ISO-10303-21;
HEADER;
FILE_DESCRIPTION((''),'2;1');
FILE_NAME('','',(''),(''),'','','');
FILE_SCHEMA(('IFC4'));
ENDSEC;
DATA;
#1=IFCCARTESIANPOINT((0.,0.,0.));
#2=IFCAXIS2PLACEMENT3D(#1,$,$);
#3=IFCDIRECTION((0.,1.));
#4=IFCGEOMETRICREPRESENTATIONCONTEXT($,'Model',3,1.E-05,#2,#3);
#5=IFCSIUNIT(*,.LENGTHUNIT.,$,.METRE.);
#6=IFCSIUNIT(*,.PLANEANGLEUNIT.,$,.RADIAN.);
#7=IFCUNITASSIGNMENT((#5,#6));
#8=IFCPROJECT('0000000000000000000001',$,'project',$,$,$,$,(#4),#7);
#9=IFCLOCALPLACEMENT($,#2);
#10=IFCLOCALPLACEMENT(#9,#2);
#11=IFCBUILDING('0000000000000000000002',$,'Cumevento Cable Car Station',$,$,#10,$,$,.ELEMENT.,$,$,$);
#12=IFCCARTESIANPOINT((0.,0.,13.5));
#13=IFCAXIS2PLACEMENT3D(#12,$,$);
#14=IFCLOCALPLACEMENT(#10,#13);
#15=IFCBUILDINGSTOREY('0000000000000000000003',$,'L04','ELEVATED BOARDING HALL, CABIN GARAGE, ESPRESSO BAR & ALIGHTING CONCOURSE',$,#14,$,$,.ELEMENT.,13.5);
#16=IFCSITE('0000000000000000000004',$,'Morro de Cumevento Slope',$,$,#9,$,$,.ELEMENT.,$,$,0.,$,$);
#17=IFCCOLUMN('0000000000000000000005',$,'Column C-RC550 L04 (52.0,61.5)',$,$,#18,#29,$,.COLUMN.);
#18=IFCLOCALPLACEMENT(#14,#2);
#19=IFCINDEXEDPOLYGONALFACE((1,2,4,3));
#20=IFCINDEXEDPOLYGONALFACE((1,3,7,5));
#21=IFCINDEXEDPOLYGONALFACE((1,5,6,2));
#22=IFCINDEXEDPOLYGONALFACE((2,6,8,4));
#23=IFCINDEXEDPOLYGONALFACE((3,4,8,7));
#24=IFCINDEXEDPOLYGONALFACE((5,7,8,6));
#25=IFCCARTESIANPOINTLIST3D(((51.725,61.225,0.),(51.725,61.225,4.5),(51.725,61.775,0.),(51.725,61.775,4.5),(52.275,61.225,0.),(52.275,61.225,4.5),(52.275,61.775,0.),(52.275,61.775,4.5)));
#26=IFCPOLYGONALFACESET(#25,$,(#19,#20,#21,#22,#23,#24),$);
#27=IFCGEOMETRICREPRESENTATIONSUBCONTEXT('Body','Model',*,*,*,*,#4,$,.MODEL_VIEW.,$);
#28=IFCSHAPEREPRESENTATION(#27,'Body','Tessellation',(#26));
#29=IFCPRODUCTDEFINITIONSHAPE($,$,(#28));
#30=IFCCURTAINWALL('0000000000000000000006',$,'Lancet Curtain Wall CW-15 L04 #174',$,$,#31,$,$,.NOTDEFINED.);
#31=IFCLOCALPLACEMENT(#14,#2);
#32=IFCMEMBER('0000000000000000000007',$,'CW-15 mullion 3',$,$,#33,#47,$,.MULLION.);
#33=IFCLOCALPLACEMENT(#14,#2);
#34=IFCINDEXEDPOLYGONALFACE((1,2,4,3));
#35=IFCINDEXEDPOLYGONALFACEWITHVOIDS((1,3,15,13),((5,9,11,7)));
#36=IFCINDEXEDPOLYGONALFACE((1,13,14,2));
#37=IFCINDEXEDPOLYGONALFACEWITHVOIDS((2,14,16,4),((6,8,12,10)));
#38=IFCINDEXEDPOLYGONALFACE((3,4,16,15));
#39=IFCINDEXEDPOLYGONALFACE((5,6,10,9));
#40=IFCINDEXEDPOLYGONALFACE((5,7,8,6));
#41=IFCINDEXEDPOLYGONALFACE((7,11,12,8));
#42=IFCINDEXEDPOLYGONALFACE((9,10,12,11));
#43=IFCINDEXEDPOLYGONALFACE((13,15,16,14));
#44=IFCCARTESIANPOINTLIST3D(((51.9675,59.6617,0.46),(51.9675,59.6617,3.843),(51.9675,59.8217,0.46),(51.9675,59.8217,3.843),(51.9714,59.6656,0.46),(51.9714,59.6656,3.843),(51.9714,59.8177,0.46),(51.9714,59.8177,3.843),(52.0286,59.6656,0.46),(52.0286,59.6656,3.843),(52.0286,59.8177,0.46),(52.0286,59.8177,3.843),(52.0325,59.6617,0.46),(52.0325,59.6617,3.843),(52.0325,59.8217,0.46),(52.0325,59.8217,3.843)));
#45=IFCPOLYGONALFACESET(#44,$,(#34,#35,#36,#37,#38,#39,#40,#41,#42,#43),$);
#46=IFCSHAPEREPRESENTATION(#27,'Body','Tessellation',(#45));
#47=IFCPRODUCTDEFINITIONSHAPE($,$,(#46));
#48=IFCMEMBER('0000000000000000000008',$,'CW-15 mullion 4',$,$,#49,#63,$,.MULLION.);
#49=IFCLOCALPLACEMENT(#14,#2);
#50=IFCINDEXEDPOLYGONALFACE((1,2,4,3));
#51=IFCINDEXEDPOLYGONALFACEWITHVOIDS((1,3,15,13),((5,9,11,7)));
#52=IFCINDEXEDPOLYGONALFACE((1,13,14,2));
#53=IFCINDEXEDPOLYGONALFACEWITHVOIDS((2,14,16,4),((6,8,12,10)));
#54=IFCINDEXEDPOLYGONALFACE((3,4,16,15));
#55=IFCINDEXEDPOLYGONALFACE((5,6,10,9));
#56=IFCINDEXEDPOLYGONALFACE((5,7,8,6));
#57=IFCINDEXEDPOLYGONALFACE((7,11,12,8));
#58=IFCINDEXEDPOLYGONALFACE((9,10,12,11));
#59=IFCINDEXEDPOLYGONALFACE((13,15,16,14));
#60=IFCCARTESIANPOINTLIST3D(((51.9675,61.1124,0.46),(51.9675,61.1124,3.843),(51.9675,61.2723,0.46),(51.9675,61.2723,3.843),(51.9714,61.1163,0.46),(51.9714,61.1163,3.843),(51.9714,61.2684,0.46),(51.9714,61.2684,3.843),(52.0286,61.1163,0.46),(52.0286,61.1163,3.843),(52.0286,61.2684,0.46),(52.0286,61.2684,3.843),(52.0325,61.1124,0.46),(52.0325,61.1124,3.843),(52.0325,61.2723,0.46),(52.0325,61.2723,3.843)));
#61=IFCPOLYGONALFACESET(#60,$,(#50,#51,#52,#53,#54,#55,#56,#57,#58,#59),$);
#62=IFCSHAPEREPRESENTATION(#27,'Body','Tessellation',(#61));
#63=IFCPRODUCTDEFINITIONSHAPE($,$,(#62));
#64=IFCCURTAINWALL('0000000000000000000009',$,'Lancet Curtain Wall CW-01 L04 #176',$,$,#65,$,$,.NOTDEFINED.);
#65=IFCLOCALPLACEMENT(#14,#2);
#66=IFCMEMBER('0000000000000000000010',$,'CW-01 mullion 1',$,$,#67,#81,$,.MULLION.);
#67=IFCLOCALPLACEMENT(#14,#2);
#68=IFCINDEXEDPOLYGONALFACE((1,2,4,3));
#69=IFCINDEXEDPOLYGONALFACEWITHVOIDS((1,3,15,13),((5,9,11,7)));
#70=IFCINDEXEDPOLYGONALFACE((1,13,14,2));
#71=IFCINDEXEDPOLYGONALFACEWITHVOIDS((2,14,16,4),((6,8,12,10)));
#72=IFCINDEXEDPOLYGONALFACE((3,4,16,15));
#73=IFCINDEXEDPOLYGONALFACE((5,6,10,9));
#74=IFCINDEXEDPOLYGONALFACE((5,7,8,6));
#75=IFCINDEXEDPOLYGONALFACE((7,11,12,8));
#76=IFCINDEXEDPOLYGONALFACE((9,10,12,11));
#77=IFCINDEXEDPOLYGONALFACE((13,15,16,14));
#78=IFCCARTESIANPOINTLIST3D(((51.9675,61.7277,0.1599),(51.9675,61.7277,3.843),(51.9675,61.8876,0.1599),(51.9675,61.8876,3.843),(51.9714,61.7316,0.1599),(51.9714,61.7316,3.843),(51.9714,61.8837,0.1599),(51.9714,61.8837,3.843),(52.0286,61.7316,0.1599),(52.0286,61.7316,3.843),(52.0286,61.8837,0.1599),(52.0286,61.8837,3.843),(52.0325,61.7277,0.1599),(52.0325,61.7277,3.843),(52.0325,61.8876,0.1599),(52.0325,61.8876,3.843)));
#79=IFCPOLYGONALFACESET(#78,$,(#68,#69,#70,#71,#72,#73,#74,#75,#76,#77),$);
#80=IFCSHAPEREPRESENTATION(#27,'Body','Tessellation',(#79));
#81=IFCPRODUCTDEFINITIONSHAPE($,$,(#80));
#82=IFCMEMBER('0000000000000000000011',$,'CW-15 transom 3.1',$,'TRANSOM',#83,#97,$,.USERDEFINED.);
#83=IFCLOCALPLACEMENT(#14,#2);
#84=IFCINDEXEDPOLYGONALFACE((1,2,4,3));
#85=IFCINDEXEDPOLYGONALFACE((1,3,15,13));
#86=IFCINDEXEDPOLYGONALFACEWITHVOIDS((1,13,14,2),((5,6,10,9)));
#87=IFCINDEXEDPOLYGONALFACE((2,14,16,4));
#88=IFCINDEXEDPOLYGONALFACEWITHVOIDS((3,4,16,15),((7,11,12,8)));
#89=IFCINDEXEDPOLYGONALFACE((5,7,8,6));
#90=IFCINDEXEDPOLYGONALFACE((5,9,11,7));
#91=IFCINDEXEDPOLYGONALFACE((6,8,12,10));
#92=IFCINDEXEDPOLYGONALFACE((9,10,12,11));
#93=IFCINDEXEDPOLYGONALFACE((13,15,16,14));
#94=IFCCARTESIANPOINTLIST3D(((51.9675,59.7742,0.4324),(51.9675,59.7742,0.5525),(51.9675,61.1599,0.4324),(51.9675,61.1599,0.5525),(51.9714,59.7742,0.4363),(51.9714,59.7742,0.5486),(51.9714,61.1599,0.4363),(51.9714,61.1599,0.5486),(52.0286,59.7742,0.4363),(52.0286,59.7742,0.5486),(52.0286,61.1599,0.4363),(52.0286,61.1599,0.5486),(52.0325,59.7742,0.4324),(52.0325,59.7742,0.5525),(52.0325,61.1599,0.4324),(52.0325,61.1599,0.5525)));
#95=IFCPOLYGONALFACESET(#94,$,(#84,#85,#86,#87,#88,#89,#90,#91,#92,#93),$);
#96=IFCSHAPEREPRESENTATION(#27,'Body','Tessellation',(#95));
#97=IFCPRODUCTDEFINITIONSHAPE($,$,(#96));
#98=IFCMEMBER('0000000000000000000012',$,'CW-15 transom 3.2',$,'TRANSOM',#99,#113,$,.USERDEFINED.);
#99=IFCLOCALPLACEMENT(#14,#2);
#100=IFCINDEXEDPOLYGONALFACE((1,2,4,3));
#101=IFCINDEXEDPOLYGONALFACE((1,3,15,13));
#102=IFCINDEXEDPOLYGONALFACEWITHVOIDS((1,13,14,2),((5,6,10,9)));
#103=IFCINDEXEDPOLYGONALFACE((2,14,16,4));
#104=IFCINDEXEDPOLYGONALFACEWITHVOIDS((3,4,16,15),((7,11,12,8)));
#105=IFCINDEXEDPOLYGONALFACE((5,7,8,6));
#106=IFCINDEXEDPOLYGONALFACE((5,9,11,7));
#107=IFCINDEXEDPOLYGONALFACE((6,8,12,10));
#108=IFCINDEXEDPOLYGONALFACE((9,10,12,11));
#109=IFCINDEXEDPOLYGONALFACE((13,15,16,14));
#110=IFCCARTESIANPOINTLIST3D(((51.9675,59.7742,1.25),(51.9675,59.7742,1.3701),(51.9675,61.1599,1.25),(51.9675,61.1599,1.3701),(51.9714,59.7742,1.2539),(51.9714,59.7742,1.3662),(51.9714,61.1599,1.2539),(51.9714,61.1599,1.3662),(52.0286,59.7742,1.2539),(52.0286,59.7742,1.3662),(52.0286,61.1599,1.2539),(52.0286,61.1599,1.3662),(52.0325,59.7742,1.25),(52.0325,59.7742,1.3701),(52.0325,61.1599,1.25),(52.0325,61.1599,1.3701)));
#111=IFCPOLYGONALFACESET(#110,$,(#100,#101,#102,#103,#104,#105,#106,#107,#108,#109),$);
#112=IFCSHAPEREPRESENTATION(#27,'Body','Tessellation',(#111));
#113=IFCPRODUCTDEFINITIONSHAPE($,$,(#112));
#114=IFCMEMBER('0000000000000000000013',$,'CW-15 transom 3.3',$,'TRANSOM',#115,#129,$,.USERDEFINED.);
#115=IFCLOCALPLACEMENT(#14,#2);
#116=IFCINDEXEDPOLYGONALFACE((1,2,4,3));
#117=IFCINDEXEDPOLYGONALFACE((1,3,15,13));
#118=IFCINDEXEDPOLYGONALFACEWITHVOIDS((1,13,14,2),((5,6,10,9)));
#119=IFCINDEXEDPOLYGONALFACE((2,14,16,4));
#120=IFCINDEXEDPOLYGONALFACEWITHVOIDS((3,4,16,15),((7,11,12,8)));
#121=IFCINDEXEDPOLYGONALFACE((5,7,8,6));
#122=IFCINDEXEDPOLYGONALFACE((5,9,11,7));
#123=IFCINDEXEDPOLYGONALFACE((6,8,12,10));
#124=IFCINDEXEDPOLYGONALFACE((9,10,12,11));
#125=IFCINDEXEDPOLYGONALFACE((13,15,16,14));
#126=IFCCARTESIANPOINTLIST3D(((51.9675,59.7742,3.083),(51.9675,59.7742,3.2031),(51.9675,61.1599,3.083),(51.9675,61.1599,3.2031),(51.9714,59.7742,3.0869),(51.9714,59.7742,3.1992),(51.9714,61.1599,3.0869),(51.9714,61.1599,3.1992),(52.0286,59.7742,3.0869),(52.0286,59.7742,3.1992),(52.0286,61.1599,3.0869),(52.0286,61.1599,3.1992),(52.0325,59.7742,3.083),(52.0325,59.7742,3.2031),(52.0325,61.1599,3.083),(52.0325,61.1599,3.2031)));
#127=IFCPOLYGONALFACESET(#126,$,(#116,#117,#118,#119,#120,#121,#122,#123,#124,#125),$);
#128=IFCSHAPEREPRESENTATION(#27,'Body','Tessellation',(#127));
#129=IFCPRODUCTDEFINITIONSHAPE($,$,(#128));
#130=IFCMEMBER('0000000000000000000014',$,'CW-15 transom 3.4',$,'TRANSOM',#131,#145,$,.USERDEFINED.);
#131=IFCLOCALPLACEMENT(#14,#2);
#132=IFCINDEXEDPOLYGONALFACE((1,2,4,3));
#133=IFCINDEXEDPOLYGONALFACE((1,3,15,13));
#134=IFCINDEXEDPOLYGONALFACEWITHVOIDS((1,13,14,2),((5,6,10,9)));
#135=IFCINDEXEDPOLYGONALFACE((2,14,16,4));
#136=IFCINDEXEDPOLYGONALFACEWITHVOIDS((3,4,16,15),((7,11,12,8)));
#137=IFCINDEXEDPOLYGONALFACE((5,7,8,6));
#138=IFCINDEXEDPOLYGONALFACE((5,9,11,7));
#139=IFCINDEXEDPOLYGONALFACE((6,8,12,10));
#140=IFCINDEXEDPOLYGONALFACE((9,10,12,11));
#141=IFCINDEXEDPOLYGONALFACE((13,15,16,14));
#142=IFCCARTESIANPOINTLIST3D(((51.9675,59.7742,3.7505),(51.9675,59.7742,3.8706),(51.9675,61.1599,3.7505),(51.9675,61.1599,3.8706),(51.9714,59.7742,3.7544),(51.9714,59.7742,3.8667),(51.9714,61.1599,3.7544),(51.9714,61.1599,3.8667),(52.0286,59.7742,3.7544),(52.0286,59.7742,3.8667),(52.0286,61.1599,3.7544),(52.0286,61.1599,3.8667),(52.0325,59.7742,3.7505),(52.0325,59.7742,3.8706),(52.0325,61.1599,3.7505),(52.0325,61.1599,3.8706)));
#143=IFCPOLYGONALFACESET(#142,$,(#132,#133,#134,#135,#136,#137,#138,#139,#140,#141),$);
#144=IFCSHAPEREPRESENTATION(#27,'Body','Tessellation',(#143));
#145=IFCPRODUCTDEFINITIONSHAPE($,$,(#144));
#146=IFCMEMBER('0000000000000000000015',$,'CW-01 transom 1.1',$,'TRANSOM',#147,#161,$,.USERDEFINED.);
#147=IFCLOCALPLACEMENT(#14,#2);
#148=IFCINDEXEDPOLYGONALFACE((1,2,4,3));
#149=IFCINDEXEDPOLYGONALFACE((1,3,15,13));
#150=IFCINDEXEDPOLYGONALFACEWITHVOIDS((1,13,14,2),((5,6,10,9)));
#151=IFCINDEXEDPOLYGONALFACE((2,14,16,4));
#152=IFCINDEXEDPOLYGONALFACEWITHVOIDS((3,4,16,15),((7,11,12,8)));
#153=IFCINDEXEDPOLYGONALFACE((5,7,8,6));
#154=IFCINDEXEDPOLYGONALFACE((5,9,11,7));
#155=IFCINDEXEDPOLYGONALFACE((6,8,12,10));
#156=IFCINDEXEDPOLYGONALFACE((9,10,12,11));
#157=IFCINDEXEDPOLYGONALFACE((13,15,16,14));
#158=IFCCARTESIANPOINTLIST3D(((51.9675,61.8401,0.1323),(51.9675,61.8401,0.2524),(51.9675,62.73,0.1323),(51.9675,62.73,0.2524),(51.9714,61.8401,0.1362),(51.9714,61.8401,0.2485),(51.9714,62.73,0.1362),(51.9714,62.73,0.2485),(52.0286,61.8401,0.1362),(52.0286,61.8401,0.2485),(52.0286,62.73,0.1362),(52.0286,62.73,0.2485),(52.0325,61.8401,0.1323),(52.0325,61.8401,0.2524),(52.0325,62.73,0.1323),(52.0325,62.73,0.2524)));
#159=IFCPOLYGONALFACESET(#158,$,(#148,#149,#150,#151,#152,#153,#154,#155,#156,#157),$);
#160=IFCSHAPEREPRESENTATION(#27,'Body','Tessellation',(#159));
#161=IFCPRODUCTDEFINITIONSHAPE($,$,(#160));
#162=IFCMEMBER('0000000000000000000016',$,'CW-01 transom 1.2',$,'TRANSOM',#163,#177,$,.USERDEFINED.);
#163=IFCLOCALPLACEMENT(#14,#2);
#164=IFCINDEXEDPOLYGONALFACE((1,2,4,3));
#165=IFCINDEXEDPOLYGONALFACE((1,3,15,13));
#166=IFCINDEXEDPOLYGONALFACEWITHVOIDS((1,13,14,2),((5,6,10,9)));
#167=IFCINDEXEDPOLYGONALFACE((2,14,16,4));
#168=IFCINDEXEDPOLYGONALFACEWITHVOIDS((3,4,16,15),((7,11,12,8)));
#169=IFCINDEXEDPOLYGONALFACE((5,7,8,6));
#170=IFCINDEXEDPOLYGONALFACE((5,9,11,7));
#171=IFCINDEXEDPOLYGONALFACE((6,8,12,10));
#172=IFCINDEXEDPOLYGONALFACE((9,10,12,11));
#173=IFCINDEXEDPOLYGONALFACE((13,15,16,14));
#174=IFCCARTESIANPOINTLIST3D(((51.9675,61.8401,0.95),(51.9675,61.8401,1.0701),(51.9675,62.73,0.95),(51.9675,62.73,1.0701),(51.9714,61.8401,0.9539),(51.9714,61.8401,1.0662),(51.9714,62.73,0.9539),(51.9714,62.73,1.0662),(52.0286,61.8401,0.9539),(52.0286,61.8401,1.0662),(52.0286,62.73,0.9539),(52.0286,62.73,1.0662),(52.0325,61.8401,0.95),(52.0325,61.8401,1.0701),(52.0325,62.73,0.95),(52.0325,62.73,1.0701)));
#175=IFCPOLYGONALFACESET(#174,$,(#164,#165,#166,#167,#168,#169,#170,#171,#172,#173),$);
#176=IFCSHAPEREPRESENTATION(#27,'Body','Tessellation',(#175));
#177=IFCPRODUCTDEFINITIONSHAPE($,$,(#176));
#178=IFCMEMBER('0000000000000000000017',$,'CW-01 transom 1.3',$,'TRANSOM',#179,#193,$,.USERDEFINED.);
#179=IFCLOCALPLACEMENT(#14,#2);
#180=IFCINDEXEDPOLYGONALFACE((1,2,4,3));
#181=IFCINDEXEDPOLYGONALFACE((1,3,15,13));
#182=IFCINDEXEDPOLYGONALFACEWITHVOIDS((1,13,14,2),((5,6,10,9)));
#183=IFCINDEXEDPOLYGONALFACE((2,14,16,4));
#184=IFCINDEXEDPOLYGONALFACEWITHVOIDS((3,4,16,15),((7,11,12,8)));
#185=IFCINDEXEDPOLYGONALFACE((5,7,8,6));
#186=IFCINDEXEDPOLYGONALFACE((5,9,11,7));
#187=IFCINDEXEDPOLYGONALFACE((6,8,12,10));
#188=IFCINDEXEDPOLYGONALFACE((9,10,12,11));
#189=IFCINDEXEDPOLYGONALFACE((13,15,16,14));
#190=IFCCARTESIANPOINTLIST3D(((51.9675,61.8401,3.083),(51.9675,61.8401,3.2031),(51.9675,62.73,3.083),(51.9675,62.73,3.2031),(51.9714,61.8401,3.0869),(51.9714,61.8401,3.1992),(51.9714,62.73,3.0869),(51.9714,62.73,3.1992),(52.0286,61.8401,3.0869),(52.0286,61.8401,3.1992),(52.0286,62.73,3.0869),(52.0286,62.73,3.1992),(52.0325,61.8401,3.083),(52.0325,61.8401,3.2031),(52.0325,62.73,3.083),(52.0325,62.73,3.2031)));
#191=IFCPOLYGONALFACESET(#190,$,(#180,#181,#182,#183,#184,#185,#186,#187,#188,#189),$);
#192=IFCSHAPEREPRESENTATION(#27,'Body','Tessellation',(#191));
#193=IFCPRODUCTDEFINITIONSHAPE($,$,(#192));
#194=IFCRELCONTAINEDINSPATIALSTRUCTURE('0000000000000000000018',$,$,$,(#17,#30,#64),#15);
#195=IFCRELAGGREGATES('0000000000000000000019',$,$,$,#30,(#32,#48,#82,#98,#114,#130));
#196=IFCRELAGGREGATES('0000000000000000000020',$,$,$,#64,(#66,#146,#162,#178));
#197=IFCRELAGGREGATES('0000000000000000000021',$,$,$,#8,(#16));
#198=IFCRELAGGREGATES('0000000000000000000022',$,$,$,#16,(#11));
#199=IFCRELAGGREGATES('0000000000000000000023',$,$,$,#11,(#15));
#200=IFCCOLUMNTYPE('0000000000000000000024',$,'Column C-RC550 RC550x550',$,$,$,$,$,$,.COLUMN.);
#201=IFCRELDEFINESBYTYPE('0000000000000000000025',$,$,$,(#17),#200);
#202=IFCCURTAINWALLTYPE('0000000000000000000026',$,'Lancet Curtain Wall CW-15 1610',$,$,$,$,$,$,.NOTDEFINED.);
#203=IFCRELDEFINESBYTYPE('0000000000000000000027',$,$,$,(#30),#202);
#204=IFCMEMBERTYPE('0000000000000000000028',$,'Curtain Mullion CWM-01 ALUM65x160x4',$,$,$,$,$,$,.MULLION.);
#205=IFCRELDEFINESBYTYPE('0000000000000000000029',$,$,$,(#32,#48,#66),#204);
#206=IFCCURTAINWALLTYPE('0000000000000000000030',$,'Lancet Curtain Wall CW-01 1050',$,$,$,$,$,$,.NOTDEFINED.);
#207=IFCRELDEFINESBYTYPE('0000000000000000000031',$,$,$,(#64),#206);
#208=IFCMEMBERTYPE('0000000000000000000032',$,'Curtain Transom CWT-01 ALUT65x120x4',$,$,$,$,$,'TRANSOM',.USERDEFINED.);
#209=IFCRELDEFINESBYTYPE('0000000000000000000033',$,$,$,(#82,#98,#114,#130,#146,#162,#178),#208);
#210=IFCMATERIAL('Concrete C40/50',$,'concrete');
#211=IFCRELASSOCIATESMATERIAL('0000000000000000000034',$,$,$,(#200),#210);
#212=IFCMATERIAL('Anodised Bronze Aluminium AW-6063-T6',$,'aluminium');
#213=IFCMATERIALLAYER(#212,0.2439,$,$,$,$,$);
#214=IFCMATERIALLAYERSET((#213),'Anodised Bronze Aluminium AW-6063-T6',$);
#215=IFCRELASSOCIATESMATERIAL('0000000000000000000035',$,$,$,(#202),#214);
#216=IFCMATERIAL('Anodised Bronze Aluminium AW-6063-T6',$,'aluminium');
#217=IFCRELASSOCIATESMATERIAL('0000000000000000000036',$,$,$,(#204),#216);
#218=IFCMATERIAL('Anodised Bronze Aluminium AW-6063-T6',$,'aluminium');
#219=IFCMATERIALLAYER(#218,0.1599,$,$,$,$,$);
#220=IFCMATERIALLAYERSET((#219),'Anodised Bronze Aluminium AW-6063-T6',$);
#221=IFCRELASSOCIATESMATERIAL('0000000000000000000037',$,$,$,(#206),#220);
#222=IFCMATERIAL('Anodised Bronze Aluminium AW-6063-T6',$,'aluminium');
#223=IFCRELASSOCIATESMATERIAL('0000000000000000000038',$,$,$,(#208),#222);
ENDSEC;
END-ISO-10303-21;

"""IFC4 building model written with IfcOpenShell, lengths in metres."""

from ifc_helpers import new_model, si_unit, direction, frame, origin, origin_2d, place, context, subcontext, project, spatial, rectangle, hollow_rectangle, extrude, material, layer, layer_set, material_profile, profile_set, type_object, element, aggregate, save


model = new_model("IFC4")

# Units and contexts
model_context = context("Model", 3, precision=1e-05, world=origin(), true_north=direction((0.0, 1.0)))
body_context = subcontext(model_context, "Body", "Model", "MODEL_VIEW")
ifc_project = project(units=[si_unit("LENGTHUNIT", "METRE"), si_unit("PLANEANGLEUNIT", "RADIAN")], contexts=[model_context])

# Site, building, storey
site_placement = place(None, origin())
site = spatial("IfcSite", under=ifc_project, at=site_placement, Name="Morro de Cumevento Slope", CompositionType="ELEMENT", RefElevation=0.0)
building_placement = place(site_placement, origin())
building = spatial("IfcBuilding", under=site, at=building_placement, Name="Cumevento Cable Car Station", CompositionType="ELEMENT")
storey_placement = place(building_placement, frame((0.0, 0.0, 13.5)))
storey = spatial("IfcBuildingStorey", under=building, at=storey_placement, Name="L04", Description="ELEVATED BOARDING HALL, CABIN GARAGE, ESPRESSO BAR & ALIGHTING CONCOURSE", CompositionType="ELEMENT", Elevation=13.5)

# Column
ifc_material_1 = material(Name="Concrete C40/50", Category="concrete")
ifc_material_profile_1 = material_profile(ifc_material_1, rectangle(XDim=0.55, YDim=0.55, at=origin_2d()), Name="RC550x550")
ifc_profile_set_1 = profile_set([ifc_material_profile_1], Name="Concrete C40/50")
column_type = type_object("IfcColumnType", Name="Column C-RC550 RC550x550", PredefinedType="COLUMN", material=ifc_profile_set_1)
column_placement = place(storey_placement, frame((52.0, 61.5, 0.0), z_axis=(0.0, 0.0, 1.0), x_axis=(1.0, 0.0, 0.0)))
element("IfcColumn", 1, at=column_placement, inside=storey, type_object=column_type, Name="Column C-RC550 L04 (52.0,61.5)", PredefinedType="COLUMN", context=body_context, shape_type="SweptSolid", body=[
    extrude(rectangle(XDim=0.55, YDim=0.55, at=origin_2d()), origin(), (0.0, 0.0, 1.0), 4.5),
])

# Curtain wall, members
ifc_material_2 = material(Name="Anodised Bronze Aluminium AW-6063-T6", Category="aluminium")
ifc_layer_1 = layer(ifc_material_2, 0.2439)
ifc_layer_set_1 = layer_set([ifc_layer_1], Name="Anodised Bronze Aluminium AW-6063-T6")
curtain_wall_type_1 = type_object("IfcCurtainWallType", Name="Lancet Curtain Wall CW-15 1610", PredefinedType="NOTDEFINED", material=ifc_layer_set_1)
curtain_wall_1_placement = place(storey_placement, origin())
curtain_wall_1 = element("IfcCurtainWall", 2, at=curtain_wall_1_placement, inside=storey, type_object=curtain_wall_type_1, Name="Lancet Curtain Wall CW-15 L04 #174", PredefinedType="NOTDEFINED")
ifc_material_3 = material(Name="Anodised Bronze Aluminium AW-6063-T6", Category="aluminium")
ifc_material_profile_2 = material_profile(ifc_material_3, hollow_rectangle(XDim=0.0649, YDim=0.1599, WallThickness=0.0039, at=origin_2d()), Name="ALUM65x160x4")
ifc_profile_set_2 = profile_set([ifc_material_profile_2], Name="Anodised Bronze Aluminium AW-6063-T6")
member_type_1 = type_object("IfcMemberType", Name="Curtain Mullion CWM-01 ALUM65x160x4", PredefinedType="MULLION", material=ifc_profile_set_2)
member_1_placement = place(storey_placement, frame((52.0, 59.7417, 0.46), z_axis=(0.0, 0.0, 1.0), x_axis=(-1.0, 0.0, 0.0)))
member_1 = element("IfcMember", 3, at=member_1_placement, type_object=member_type_1, Name="CW-15 mullion 3", PredefinedType="MULLION", context=body_context, shape_type="SweptSolid", body=[
    extrude(hollow_rectangle(XDim=0.0649, YDim=0.1599, WallThickness=0.0039, at=origin_2d()), origin(), (0.0, 0.0, 1.0), 3.3831),
])
member_2_placement = place(storey_placement, frame((52.0, 61.1924, 0.46), z_axis=(0.0, 0.0, 1.0), x_axis=(-1.0, 0.0, 0.0)))
member_2 = element("IfcMember", 4, at=member_2_placement, type_object=member_type_1, Name="CW-15 mullion 4", PredefinedType="MULLION", context=body_context, shape_type="SweptSolid", body=[
    extrude(hollow_rectangle(XDim=0.0649, YDim=0.1599, WallThickness=0.0039, at=origin_2d()), origin(), (0.0, 0.0, 1.0), 3.3831),
])

# Curtain wall, member
ifc_material_4 = material(Name="Anodised Bronze Aluminium AW-6063-T6", Category="aluminium")
ifc_layer_2 = layer(ifc_material_4, 0.1599)
ifc_layer_set_2 = layer_set([ifc_layer_2], Name="Anodised Bronze Aluminium AW-6063-T6")
curtain_wall_type_2 = type_object("IfcCurtainWallType", Name="Lancet Curtain Wall CW-01 1050", PredefinedType="NOTDEFINED", material=ifc_layer_set_2)
curtain_wall_2_placement = place(storey_placement, origin())
curtain_wall_2 = element("IfcCurtainWall", 5, at=curtain_wall_2_placement, inside=storey, type_object=curtain_wall_type_2, Name="Lancet Curtain Wall CW-01 L04 #176", PredefinedType="NOTDEFINED")
member_3_placement = place(storey_placement, frame((52.0, 61.8076, 0.1599), z_axis=(0.0, 0.0, 1.0), x_axis=(-1.0, 0.0, 0.0)))
member_3 = element("IfcMember", 6, at=member_3_placement, type_object=member_type_1, Name="CW-01 mullion 1", PredefinedType="MULLION", context=body_context, shape_type="SweptSolid", body=[
    extrude(hollow_rectangle(XDim=0.0649, YDim=0.1599, WallThickness=0.0039, at=origin_2d()), origin(), (0.0, 0.0, 1.0), 3.6831),
])

# Members
ifc_material_5 = material(Name="Anodised Bronze Aluminium AW-6063-T6", Category="aluminium")
ifc_material_profile_3 = material_profile(ifc_material_5, hollow_rectangle(XDim=0.0649, YDim=0.1201, WallThickness=0.0039, at=origin_2d()), Name="ALUT65x120x4")
ifc_profile_set_3 = profile_set([ifc_material_profile_3], Name="Anodised Bronze Aluminium AW-6063-T6")
member_type_2 = type_object("IfcMemberType", Name="Curtain Transom CWT-01 ALUT65x120x4", ElementType="TRANSOM", PredefinedType="USERDEFINED", material=ifc_profile_set_3)
member_4_placement = place(storey_placement, frame((52.0, 59.7742, 0.4924), z_axis=(0.0, 1.0, 0.0), x_axis=(-1.0, 0.0, 0.0)))
member_4 = element("IfcMember", 7, at=member_4_placement, type_object=member_type_2, Name="CW-15 transom 3.1", ObjectType="TRANSOM", PredefinedType="USERDEFINED", context=body_context, shape_type="SweptSolid", body=[
    extrude(hollow_rectangle(XDim=0.0649, YDim=0.1201, WallThickness=0.0039, at=origin_2d()), origin(), (0.0, 0.0, 1.0), 1.3857),
])
member_5_placement = place(storey_placement, frame((52.0, 59.7742, 1.3101), z_axis=(0.0, 1.0, 0.0), x_axis=(-1.0, 0.0, 0.0)))
member_5 = element("IfcMember", 8, at=member_5_placement, type_object=member_type_2, Name="CW-15 transom 3.2", ObjectType="TRANSOM", PredefinedType="USERDEFINED", context=body_context, shape_type="SweptSolid", body=[
    extrude(hollow_rectangle(XDim=0.0649, YDim=0.1201, WallThickness=0.0039, at=origin_2d()), origin(), (0.0, 0.0, 1.0), 1.3857),
])
member_6_placement = place(storey_placement, frame((52.0, 59.7742, 3.1431), z_axis=(0.0, 1.0, 0.0), x_axis=(-1.0, 0.0, 0.0)))
member_6 = element("IfcMember", 9, at=member_6_placement, type_object=member_type_2, Name="CW-15 transom 3.3", ObjectType="TRANSOM", PredefinedType="USERDEFINED", context=body_context, shape_type="SweptSolid", body=[
    extrude(hollow_rectangle(XDim=0.0649, YDim=0.1201, WallThickness=0.0039, at=origin_2d()), origin(), (0.0, 0.0, 1.0), 1.3857),
])
member_7_placement = place(storey_placement, frame((52.0, 59.7742, 3.8105), z_axis=(0.0, 1.0, 0.0), x_axis=(-1.0, 0.0, 0.0)))
member_7 = element("IfcMember", 10, at=member_7_placement, type_object=member_type_2, Name="CW-15 transom 3.4", ObjectType="TRANSOM", PredefinedType="USERDEFINED", context=body_context, shape_type="SweptSolid", body=[
    extrude(hollow_rectangle(XDim=0.0649, YDim=0.1201, WallThickness=0.0039, at=origin_2d()), origin(), (0.0, 0.0, 1.0), 1.3857),
])
member_8_placement = place(storey_placement, frame((52.0, 61.8401, 0.1924), z_axis=(0.0, 1.0, 0.0), x_axis=(-1.0, 0.0, 0.0)))
member_8 = element("IfcMember", 11, at=member_8_placement, type_object=member_type_2, Name="CW-01 transom 1.1", ObjectType="TRANSOM", PredefinedType="USERDEFINED", context=body_context, shape_type="SweptSolid", body=[
    extrude(hollow_rectangle(XDim=0.0649, YDim=0.1201, WallThickness=0.0039, at=origin_2d()), origin(), (0.0, 0.0, 1.0), 0.8899),
])
member_9_placement = place(storey_placement, frame((52.0, 61.8401, 1.01), z_axis=(0.0, 1.0, 0.0), x_axis=(-1.0, 0.0, 0.0)))
member_9 = element("IfcMember", 12, at=member_9_placement, type_object=member_type_2, Name="CW-01 transom 1.2", ObjectType="TRANSOM", PredefinedType="USERDEFINED", context=body_context, shape_type="SweptSolid", body=[
    extrude(hollow_rectangle(XDim=0.0649, YDim=0.1201, WallThickness=0.0039, at=origin_2d()), origin(), (0.0, 0.0, 1.0), 0.8899),
])
member_10_placement = place(storey_placement, frame((52.0, 61.8401, 3.1431), z_axis=(0.0, 1.0, 0.0), x_axis=(-1.0, 0.0, 0.0)))
member_10 = element("IfcMember", 13, at=member_10_placement, type_object=member_type_2, Name="CW-01 transom 1.3", ObjectType="TRANSOM", PredefinedType="USERDEFINED", context=body_context, shape_type="SweptSolid", body=[
    extrude(hollow_rectangle(XDim=0.0649, YDim=0.1201, WallThickness=0.0039, at=origin_2d()), origin(), (0.0, 0.0, 1.0), 0.8899),
])

aggregate(curtain_wall_1, [member_1, member_2, member_4, member_5, member_6, member_7])
aggregate(curtain_wall_2, [member_3, member_8, member_9, member_10])

save(model, "model.ifc")
